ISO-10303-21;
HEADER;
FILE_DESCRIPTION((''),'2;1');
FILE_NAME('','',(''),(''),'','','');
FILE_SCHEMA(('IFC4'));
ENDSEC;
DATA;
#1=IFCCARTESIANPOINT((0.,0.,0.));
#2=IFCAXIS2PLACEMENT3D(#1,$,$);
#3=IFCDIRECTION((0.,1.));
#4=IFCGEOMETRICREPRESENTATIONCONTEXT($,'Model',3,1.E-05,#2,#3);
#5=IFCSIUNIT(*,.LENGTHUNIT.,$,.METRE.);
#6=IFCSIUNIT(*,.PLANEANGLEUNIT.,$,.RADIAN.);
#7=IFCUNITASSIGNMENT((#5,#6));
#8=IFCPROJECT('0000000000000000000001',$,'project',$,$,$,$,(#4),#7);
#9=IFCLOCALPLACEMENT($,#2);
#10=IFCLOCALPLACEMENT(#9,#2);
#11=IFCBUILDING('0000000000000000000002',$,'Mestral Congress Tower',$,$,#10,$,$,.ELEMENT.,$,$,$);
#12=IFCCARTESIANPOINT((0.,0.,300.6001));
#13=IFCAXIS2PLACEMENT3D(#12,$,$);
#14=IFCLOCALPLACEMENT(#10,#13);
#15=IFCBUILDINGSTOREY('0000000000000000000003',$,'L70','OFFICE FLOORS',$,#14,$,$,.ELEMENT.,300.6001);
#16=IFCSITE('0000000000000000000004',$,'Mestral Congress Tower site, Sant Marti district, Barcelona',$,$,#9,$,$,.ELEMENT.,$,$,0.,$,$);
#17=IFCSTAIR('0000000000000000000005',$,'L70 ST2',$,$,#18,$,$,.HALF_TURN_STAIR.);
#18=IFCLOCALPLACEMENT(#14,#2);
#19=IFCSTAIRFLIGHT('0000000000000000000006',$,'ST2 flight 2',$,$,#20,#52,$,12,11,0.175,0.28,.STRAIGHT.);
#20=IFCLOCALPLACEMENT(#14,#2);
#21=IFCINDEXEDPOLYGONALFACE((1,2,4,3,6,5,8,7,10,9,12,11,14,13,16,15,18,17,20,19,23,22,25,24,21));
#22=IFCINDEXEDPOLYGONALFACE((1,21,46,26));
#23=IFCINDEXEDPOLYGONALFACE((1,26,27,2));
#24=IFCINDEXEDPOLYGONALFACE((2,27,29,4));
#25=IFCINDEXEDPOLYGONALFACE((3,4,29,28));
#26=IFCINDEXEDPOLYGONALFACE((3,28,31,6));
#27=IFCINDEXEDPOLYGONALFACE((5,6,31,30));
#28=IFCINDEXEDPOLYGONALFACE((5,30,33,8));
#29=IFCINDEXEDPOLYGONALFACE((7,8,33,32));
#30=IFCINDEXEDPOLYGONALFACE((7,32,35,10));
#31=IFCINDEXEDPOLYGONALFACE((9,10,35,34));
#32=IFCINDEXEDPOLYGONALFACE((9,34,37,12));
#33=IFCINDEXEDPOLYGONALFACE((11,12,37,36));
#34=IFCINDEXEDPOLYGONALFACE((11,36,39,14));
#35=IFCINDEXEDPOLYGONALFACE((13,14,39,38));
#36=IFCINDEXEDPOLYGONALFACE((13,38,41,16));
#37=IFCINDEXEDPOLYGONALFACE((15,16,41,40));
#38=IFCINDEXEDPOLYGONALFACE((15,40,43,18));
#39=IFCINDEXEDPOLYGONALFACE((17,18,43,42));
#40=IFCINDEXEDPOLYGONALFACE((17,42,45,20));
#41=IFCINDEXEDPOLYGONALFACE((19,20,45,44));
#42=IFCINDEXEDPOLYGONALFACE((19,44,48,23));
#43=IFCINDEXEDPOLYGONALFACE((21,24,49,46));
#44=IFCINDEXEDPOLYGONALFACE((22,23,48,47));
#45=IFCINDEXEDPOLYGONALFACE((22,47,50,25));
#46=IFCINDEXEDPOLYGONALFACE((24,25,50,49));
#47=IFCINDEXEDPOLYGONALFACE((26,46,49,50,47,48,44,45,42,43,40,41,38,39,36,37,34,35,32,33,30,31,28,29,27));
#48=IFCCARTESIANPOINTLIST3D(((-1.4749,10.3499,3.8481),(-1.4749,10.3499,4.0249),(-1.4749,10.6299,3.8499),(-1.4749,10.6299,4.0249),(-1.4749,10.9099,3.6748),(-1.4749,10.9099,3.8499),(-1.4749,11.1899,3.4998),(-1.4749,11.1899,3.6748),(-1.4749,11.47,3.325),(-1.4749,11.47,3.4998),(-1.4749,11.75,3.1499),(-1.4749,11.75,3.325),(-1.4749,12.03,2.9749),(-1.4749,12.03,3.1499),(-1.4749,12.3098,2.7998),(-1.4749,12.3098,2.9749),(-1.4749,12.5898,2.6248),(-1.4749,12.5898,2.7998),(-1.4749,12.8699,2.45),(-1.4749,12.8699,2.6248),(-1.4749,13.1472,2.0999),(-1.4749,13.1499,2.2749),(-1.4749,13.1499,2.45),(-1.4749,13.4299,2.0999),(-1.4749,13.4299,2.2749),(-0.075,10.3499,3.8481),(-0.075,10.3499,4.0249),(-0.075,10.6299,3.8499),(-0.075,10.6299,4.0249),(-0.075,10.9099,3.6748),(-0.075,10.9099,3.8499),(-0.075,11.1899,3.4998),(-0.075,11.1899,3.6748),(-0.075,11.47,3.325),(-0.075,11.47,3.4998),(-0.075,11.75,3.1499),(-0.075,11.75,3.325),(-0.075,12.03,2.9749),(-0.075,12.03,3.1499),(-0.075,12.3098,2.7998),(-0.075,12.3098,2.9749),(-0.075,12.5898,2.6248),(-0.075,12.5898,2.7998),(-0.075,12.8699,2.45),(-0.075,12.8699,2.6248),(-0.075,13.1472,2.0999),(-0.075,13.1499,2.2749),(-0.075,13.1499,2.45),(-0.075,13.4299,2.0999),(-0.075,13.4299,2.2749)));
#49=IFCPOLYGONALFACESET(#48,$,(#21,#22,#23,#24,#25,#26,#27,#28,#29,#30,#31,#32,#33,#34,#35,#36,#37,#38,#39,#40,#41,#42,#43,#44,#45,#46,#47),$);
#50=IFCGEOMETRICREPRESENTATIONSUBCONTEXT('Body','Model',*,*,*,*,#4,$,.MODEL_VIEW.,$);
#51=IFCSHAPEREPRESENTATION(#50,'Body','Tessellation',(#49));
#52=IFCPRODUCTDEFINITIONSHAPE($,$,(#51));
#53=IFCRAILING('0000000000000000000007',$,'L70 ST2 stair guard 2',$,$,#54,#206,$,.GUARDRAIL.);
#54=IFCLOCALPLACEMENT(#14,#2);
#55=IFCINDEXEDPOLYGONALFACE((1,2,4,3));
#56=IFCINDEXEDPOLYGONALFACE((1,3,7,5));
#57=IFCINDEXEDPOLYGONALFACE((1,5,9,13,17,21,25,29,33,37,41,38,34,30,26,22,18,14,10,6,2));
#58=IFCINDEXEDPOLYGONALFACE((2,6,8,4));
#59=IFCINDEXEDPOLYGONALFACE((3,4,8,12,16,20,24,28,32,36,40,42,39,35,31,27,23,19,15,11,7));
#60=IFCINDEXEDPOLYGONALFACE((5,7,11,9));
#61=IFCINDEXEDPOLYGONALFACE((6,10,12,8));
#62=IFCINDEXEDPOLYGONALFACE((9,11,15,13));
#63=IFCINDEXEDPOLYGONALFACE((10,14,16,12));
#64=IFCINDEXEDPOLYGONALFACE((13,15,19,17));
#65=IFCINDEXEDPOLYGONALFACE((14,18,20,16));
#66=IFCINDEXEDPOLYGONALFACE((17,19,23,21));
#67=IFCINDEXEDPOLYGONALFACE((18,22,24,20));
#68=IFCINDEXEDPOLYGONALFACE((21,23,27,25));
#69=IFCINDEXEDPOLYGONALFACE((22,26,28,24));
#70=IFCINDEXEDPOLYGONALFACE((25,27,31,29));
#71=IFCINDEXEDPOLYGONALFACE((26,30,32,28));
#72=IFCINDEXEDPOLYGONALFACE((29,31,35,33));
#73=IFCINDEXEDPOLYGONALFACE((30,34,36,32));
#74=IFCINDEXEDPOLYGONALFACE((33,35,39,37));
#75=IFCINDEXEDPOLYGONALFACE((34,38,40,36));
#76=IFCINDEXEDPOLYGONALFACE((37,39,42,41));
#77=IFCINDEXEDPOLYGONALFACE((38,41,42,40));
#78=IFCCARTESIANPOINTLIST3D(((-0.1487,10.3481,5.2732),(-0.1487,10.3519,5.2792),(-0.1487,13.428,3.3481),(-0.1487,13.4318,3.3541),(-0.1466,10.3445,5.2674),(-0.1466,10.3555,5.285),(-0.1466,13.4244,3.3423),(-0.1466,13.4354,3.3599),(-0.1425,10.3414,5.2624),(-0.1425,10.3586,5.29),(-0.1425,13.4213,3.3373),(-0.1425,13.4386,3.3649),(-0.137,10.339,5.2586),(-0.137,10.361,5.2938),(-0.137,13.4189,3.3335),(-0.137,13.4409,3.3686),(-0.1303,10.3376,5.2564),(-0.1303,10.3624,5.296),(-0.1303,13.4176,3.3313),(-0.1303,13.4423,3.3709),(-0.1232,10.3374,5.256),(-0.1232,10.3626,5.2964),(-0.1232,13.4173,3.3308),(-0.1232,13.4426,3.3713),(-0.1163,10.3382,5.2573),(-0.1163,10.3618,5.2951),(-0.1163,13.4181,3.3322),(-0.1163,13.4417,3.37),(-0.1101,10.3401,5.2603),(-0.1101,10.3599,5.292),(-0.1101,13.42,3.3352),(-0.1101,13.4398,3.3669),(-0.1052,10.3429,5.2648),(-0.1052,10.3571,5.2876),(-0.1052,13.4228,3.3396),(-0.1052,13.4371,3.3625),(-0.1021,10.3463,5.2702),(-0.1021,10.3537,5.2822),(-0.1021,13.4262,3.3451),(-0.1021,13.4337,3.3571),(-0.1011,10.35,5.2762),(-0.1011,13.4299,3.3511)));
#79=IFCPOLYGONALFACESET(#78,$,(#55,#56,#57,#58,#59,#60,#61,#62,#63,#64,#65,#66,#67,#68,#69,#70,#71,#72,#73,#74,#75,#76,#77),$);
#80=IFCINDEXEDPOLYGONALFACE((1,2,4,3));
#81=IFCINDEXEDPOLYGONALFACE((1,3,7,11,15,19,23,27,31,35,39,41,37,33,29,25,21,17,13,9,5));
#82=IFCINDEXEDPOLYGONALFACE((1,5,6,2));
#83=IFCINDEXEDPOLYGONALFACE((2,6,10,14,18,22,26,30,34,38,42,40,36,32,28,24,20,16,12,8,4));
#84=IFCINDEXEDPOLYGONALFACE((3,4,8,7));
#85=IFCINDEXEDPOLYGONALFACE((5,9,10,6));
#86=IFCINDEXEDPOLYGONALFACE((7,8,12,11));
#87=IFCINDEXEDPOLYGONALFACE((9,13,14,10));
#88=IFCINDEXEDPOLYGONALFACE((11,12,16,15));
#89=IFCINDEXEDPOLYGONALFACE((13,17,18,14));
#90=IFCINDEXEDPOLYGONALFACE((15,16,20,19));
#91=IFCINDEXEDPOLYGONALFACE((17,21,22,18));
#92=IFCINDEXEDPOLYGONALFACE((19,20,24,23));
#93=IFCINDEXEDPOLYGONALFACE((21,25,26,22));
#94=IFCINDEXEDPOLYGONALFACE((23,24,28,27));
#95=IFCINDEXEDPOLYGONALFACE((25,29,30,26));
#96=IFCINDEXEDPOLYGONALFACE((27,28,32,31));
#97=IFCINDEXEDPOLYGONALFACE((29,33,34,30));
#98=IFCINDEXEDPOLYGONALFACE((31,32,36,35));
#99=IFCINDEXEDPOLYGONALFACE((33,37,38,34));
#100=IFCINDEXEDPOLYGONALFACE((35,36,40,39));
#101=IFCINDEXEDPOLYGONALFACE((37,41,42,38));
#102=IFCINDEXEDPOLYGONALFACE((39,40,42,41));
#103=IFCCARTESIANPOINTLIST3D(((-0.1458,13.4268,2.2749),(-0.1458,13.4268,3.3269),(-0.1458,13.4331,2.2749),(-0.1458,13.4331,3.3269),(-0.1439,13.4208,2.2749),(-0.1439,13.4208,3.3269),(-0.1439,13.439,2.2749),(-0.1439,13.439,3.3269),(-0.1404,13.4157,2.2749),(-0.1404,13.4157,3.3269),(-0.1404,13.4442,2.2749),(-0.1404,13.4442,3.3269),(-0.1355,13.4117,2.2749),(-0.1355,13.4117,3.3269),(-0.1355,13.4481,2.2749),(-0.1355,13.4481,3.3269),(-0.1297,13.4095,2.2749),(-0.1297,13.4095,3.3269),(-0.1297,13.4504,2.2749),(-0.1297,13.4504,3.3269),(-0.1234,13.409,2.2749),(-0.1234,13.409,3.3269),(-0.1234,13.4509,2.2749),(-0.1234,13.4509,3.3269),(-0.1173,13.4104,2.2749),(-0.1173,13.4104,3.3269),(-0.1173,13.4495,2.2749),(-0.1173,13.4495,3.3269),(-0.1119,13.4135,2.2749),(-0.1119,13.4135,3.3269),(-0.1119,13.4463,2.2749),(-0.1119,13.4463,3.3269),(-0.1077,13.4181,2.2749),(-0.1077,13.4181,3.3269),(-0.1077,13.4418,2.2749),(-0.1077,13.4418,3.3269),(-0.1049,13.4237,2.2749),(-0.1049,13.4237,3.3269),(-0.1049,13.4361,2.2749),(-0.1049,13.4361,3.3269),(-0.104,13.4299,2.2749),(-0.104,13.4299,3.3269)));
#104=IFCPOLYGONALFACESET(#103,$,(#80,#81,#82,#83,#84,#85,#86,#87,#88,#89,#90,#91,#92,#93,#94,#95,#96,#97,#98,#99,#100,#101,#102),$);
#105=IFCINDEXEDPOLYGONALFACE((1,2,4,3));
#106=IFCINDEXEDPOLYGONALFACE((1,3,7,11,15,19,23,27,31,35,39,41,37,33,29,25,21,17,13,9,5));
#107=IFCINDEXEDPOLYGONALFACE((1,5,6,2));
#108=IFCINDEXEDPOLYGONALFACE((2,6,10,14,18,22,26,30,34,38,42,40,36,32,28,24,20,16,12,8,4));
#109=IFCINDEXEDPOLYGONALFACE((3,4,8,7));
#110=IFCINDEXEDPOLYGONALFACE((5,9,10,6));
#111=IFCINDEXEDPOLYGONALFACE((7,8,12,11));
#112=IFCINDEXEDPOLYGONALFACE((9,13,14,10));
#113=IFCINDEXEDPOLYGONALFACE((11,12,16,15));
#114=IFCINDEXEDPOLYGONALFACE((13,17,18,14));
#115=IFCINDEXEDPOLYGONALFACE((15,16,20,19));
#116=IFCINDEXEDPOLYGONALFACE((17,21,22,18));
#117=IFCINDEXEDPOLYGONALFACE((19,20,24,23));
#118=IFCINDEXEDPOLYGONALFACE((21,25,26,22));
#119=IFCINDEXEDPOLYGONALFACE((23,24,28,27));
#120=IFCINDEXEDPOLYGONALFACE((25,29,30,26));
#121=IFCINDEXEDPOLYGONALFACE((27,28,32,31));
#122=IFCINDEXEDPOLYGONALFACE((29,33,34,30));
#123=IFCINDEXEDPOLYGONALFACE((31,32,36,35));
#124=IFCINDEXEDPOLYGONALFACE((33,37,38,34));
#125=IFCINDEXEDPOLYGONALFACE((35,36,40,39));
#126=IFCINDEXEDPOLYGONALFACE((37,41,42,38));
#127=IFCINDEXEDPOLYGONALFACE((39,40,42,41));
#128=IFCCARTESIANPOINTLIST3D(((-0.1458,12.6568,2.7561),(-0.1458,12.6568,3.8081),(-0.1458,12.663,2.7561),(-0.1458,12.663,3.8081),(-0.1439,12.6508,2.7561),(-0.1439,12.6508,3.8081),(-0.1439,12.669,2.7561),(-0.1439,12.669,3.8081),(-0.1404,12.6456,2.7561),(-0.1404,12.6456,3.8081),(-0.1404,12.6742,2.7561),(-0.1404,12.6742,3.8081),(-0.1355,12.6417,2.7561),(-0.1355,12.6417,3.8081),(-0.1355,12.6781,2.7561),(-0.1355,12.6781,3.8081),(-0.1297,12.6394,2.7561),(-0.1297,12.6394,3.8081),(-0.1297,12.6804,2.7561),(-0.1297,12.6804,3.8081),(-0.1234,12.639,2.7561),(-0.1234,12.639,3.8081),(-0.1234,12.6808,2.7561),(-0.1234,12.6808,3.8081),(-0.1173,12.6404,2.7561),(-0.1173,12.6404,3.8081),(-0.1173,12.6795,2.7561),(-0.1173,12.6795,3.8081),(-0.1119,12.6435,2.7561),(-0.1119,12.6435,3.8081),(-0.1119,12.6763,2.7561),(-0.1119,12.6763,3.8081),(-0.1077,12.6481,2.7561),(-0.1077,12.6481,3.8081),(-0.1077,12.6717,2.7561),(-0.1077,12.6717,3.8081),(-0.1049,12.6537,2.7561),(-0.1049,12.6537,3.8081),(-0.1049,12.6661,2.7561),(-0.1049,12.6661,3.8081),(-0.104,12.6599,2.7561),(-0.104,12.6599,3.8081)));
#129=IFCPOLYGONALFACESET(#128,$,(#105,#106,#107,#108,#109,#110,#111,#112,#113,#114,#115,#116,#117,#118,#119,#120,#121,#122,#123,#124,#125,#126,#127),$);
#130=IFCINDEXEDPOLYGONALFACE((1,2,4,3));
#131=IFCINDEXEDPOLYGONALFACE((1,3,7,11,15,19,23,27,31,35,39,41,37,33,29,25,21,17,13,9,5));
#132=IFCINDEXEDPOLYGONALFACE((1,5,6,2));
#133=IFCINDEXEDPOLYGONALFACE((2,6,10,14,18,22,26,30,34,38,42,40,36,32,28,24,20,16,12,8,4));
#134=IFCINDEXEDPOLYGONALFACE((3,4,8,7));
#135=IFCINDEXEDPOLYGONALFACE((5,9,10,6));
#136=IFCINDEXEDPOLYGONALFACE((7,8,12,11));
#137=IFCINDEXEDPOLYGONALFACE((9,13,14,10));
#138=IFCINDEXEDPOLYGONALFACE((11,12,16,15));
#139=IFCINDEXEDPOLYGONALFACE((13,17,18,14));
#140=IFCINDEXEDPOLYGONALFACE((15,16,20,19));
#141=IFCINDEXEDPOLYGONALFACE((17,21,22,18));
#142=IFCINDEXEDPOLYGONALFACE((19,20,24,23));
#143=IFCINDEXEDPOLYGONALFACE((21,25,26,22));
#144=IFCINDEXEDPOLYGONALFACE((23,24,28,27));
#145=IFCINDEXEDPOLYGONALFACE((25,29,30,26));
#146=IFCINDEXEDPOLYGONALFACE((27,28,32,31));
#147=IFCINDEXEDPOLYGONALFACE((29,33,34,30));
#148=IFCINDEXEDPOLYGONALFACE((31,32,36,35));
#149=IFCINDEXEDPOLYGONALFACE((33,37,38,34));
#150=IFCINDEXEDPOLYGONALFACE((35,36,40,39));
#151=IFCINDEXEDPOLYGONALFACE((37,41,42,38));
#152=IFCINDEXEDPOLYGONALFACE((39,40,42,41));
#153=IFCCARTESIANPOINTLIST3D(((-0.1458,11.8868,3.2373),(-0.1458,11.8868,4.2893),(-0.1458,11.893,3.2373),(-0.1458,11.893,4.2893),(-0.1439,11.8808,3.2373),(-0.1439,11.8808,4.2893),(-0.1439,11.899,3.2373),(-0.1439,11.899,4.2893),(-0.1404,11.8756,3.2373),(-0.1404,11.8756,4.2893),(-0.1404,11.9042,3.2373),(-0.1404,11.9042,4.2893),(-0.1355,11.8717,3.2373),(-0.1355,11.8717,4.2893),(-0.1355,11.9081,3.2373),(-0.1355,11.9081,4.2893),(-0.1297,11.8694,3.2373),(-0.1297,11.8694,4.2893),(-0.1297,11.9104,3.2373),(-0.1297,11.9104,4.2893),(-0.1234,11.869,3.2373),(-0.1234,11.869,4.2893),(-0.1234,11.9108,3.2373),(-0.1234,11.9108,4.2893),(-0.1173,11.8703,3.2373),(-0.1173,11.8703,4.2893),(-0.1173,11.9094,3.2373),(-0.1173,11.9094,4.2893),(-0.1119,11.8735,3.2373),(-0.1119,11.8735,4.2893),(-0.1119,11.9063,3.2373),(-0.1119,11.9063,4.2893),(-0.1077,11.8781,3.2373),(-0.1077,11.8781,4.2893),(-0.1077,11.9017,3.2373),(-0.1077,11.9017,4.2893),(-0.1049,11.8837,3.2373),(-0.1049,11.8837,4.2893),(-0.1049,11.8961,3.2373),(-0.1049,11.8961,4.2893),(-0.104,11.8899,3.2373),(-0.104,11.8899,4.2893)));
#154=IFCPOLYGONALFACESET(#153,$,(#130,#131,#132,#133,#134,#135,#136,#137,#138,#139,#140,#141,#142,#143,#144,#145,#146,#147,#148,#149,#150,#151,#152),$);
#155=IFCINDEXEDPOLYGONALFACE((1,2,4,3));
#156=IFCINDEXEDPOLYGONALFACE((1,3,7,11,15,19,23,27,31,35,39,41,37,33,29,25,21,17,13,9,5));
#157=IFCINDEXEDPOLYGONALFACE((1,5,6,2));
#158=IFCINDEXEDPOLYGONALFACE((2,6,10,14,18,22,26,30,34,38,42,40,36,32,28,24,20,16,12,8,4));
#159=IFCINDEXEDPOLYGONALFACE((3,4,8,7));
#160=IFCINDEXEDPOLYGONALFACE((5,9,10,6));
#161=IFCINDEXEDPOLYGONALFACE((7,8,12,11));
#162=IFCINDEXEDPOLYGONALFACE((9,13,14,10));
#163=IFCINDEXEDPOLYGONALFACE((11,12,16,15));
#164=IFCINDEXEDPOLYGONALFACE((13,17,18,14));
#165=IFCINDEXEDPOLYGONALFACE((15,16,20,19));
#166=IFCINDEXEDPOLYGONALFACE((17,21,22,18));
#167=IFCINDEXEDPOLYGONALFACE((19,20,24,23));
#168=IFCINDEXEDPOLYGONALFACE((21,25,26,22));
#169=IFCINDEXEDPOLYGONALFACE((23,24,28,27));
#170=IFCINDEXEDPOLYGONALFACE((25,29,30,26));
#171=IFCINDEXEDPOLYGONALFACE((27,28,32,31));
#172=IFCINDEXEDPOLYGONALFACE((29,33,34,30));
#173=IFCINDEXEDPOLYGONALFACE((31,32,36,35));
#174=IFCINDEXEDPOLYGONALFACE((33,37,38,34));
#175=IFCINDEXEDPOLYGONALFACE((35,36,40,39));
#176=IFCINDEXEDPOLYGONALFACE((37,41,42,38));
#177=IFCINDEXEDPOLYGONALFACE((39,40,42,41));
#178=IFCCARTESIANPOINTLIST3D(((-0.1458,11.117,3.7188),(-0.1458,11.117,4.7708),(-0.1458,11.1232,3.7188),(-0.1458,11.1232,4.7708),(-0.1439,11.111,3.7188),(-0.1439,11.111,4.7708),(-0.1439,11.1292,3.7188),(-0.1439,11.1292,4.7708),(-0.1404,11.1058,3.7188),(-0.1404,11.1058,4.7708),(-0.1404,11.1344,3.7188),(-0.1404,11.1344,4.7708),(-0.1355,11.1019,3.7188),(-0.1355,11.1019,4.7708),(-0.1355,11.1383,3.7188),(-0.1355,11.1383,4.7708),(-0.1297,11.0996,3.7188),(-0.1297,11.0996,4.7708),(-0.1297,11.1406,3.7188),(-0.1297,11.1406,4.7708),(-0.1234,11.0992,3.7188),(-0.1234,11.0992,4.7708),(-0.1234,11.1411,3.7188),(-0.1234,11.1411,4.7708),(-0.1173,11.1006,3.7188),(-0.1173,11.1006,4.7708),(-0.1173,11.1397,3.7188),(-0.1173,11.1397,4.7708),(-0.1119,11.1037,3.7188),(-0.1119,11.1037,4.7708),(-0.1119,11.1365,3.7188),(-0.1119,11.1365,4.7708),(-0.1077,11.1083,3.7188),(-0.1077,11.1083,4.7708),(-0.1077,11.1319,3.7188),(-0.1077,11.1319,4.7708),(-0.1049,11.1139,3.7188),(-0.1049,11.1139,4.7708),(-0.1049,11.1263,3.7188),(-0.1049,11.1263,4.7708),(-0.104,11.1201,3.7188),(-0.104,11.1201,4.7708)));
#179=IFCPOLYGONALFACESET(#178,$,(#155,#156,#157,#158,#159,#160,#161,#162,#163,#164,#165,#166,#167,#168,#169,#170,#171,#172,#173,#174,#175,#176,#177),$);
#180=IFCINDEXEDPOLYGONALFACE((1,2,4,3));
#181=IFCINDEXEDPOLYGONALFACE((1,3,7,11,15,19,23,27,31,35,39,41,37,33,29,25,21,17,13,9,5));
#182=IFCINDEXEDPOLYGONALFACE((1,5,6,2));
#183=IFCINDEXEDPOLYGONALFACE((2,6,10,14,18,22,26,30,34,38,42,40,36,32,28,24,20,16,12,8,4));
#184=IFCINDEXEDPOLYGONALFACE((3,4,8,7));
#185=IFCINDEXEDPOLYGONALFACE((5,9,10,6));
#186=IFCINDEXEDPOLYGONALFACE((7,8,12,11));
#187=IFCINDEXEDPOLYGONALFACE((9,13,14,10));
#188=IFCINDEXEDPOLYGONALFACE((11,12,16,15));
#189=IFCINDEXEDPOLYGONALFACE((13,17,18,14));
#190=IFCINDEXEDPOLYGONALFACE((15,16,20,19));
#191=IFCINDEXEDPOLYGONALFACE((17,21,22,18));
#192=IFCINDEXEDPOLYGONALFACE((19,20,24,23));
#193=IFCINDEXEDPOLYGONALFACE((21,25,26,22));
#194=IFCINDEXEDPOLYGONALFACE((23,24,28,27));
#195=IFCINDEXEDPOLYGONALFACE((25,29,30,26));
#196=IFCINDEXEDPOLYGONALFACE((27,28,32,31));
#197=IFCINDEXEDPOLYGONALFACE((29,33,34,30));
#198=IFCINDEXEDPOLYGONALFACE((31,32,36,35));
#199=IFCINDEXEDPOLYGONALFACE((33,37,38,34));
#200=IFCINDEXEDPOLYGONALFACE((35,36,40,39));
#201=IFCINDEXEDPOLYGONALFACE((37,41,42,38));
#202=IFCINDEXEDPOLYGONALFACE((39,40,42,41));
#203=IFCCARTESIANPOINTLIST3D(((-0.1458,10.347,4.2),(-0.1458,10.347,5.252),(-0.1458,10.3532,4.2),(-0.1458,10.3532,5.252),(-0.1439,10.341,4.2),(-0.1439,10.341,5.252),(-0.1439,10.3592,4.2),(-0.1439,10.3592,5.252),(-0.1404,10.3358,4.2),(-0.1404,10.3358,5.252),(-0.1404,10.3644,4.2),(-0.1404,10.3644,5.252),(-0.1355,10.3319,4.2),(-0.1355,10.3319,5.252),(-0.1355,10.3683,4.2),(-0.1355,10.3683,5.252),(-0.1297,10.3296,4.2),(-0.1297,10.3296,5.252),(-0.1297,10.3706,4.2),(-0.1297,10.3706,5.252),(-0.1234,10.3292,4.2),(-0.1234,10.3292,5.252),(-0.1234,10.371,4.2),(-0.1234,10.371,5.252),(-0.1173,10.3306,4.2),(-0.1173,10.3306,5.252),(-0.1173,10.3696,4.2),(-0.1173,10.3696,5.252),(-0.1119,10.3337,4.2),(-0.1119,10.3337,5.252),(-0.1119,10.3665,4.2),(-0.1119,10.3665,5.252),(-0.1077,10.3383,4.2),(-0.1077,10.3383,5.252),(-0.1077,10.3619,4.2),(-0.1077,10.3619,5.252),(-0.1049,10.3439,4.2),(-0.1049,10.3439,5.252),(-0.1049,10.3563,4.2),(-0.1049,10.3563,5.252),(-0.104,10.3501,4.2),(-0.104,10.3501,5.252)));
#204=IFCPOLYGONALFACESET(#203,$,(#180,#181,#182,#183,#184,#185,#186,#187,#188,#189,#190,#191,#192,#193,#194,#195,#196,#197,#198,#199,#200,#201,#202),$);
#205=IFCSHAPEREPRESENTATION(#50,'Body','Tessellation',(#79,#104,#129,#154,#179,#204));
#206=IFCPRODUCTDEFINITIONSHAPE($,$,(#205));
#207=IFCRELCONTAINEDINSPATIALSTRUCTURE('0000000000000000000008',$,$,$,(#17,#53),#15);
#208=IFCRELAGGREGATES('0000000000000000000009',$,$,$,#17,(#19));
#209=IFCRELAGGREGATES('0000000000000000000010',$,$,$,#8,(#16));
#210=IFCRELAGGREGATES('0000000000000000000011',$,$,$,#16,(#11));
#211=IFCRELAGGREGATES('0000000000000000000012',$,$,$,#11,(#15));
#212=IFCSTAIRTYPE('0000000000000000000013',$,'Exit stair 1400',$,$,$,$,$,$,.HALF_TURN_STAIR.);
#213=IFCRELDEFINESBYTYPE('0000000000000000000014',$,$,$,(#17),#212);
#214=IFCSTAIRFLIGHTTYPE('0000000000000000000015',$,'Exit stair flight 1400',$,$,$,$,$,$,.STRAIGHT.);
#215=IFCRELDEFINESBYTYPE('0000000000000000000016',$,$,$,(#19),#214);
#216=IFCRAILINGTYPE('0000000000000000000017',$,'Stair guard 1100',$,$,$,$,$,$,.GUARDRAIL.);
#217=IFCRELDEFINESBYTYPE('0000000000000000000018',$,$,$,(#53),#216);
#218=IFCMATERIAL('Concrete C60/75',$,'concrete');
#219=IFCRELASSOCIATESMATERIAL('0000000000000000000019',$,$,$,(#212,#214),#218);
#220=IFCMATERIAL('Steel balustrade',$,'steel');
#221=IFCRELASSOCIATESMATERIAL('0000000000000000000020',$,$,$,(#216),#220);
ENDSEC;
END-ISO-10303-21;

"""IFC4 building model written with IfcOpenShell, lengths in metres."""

from ifc_helpers import new_model, si_unit, direction, frame, origin, origin_2d, place, context, subcontext, project, spatial, polyline, circle, outline, extrude, material, type_object, element, aggregate, save


model = new_model("IFC4")

# Units and contexts
model_context = context("Model", 3, precision=1e-05, world=origin(), true_north=direction((0.0, 1.0)))
body_context = subcontext(model_context, "Body", "Model", "MODEL_VIEW")
ifc_project = project(units=[si_unit("LENGTHUNIT", "METRE"), si_unit("PLANEANGLEUNIT", "RADIAN")], contexts=[model_context])

# Site, building, storey
site_placement = place(None, origin())
site = spatial("IfcSite", under=ifc_project, at=site_placement, Name="Mestral Congress Tower site, Sant Marti district, Barcelona", CompositionType="ELEMENT", RefElevation=0.0)
building_placement = place(site_placement, origin())
building = spatial("IfcBuilding", under=site, at=building_placement, Name="Mestral Congress Tower", CompositionType="ELEMENT")
storey_placement = place(building_placement, frame((0.0, 0.0, 300.6001)))
storey = spatial("IfcBuildingStorey", under=building, at=storey_placement, Name="L70", Description="OFFICE FLOORS", CompositionType="ELEMENT", Elevation=300.6001)

# Shared definitions
ifc_material_1 = material(Name="Concrete C60/75", Category="concrete")

# Stair, stair flight
stair_type = type_object("IfcStairType", Name="Exit stair 1400", PredefinedType="HALF_TURN_STAIR", material=ifc_material_1)
stair_placement = place(storey_placement, origin())
stair = element("IfcStair", 1, at=stair_placement, inside=storey, type_object=stair_type, Name="L70 ST2", PredefinedType="HALF_TURN_STAIR")
stair_flight_type = type_object("IfcStairFlightType", Name="Exit stair flight 1400", PredefinedType="STRAIGHT", material=ifc_material_1)
stair_flight_placement = place(storey_placement, frame((-0.7749, 13.4299, 2.0999), z_axis=(0.0, 0.0, 1.0), x_axis=(0.0, -1.0, 0.0)))
stair_flight = element("IfcStairFlight", 2, at=stair_flight_placement, type_object=stair_flight_type, Name="ST2 flight 2", NumberOfRisers=12, NumberOfTreads=11, PredefinedType="STRAIGHT", RiserHeight=0.175, TreadLength=0.28, context=body_context, shape_type="SweptSolid", body=[
    extrude(outline(polyline([(0.0, 0.0), (0.0, 0.175), (0.28, 0.175), (0.28, 0.3501), (0.5601, 0.3501), (0.5601, 0.5249), (0.8401, 0.5249), (0.8401, 0.7), (1.1201, 0.7), (1.1201, 0.875), (1.3999, 0.875), (1.3999, 1.05), (1.6799, 1.05), (1.6799, 1.2251), (1.96, 1.2251), (1.96, 1.3999), (2.24, 1.3999), (2.24, 1.575), (2.52, 1.575), (2.52, 1.75), (2.8, 1.75), (2.8, 1.925), (3.0801, 1.925), (3.0801, 2.1001), (3.0801, 1.7483), (0.2827, 0.0), (0.0, 0.0)])), frame((0.0, 0.7, 0.0), z_axis=(0.0, -1.0, 0.0), x_axis=(1.0, 0.0, 0.0)), (0.0, 0.0, 1.0), 1.3999),
])
aggregate(stair, [stair_flight])

# Railing
ifc_material_2 = material(Name="Steel balustrade", Category="steel")
railing_type = type_object("IfcRailingType", Name="Stair guard 1100", PredefinedType="GUARDRAIL", material=ifc_material_2)
railing_placement = place(storey_placement, frame((-0.125, 13.4299, 2.2749)))
element("IfcRailing", 3, at=railing_placement, inside=storey, type_object=railing_type, Name="L70 ST2 stair guard 2", PredefinedType="GUARDRAIL", context=body_context, shape_type="SweptSolid", body=[
    extrude(circle(Radius=0.0239, at=origin_2d()), frame((0.0, 0.0, 1.0762), z_axis=(0.0, -0.847979, 0.530029), x_axis=(1.0, 0.0, 0.0)), (0.0, 0.0, 1.0), 3.6321),
    extrude(circle(Radius=0.021, at=origin_2d()), origin(), (0.0, 0.0, 1.0), 1.052),
    extrude(circle(Radius=0.021, at=origin_2d()), frame((0.0, -0.77, 0.4812)), (0.0, 0.0, 1.0), 1.052),
    extrude(circle(Radius=0.021, at=origin_2d()), frame((0.0, -1.54, 0.9624)), (0.0, 0.0, 1.0), 1.052),
    extrude(circle(Radius=0.021, at=origin_2d()), frame((0.0, -2.3098, 1.4438)), (0.0, 0.0, 1.0), 1.052),
    extrude(circle(Radius=0.021, at=origin_2d()), frame((0.0, -3.0798, 1.925)), (0.0, 0.0, 1.0), 1.052),
])

save(model, "model.ifc")
